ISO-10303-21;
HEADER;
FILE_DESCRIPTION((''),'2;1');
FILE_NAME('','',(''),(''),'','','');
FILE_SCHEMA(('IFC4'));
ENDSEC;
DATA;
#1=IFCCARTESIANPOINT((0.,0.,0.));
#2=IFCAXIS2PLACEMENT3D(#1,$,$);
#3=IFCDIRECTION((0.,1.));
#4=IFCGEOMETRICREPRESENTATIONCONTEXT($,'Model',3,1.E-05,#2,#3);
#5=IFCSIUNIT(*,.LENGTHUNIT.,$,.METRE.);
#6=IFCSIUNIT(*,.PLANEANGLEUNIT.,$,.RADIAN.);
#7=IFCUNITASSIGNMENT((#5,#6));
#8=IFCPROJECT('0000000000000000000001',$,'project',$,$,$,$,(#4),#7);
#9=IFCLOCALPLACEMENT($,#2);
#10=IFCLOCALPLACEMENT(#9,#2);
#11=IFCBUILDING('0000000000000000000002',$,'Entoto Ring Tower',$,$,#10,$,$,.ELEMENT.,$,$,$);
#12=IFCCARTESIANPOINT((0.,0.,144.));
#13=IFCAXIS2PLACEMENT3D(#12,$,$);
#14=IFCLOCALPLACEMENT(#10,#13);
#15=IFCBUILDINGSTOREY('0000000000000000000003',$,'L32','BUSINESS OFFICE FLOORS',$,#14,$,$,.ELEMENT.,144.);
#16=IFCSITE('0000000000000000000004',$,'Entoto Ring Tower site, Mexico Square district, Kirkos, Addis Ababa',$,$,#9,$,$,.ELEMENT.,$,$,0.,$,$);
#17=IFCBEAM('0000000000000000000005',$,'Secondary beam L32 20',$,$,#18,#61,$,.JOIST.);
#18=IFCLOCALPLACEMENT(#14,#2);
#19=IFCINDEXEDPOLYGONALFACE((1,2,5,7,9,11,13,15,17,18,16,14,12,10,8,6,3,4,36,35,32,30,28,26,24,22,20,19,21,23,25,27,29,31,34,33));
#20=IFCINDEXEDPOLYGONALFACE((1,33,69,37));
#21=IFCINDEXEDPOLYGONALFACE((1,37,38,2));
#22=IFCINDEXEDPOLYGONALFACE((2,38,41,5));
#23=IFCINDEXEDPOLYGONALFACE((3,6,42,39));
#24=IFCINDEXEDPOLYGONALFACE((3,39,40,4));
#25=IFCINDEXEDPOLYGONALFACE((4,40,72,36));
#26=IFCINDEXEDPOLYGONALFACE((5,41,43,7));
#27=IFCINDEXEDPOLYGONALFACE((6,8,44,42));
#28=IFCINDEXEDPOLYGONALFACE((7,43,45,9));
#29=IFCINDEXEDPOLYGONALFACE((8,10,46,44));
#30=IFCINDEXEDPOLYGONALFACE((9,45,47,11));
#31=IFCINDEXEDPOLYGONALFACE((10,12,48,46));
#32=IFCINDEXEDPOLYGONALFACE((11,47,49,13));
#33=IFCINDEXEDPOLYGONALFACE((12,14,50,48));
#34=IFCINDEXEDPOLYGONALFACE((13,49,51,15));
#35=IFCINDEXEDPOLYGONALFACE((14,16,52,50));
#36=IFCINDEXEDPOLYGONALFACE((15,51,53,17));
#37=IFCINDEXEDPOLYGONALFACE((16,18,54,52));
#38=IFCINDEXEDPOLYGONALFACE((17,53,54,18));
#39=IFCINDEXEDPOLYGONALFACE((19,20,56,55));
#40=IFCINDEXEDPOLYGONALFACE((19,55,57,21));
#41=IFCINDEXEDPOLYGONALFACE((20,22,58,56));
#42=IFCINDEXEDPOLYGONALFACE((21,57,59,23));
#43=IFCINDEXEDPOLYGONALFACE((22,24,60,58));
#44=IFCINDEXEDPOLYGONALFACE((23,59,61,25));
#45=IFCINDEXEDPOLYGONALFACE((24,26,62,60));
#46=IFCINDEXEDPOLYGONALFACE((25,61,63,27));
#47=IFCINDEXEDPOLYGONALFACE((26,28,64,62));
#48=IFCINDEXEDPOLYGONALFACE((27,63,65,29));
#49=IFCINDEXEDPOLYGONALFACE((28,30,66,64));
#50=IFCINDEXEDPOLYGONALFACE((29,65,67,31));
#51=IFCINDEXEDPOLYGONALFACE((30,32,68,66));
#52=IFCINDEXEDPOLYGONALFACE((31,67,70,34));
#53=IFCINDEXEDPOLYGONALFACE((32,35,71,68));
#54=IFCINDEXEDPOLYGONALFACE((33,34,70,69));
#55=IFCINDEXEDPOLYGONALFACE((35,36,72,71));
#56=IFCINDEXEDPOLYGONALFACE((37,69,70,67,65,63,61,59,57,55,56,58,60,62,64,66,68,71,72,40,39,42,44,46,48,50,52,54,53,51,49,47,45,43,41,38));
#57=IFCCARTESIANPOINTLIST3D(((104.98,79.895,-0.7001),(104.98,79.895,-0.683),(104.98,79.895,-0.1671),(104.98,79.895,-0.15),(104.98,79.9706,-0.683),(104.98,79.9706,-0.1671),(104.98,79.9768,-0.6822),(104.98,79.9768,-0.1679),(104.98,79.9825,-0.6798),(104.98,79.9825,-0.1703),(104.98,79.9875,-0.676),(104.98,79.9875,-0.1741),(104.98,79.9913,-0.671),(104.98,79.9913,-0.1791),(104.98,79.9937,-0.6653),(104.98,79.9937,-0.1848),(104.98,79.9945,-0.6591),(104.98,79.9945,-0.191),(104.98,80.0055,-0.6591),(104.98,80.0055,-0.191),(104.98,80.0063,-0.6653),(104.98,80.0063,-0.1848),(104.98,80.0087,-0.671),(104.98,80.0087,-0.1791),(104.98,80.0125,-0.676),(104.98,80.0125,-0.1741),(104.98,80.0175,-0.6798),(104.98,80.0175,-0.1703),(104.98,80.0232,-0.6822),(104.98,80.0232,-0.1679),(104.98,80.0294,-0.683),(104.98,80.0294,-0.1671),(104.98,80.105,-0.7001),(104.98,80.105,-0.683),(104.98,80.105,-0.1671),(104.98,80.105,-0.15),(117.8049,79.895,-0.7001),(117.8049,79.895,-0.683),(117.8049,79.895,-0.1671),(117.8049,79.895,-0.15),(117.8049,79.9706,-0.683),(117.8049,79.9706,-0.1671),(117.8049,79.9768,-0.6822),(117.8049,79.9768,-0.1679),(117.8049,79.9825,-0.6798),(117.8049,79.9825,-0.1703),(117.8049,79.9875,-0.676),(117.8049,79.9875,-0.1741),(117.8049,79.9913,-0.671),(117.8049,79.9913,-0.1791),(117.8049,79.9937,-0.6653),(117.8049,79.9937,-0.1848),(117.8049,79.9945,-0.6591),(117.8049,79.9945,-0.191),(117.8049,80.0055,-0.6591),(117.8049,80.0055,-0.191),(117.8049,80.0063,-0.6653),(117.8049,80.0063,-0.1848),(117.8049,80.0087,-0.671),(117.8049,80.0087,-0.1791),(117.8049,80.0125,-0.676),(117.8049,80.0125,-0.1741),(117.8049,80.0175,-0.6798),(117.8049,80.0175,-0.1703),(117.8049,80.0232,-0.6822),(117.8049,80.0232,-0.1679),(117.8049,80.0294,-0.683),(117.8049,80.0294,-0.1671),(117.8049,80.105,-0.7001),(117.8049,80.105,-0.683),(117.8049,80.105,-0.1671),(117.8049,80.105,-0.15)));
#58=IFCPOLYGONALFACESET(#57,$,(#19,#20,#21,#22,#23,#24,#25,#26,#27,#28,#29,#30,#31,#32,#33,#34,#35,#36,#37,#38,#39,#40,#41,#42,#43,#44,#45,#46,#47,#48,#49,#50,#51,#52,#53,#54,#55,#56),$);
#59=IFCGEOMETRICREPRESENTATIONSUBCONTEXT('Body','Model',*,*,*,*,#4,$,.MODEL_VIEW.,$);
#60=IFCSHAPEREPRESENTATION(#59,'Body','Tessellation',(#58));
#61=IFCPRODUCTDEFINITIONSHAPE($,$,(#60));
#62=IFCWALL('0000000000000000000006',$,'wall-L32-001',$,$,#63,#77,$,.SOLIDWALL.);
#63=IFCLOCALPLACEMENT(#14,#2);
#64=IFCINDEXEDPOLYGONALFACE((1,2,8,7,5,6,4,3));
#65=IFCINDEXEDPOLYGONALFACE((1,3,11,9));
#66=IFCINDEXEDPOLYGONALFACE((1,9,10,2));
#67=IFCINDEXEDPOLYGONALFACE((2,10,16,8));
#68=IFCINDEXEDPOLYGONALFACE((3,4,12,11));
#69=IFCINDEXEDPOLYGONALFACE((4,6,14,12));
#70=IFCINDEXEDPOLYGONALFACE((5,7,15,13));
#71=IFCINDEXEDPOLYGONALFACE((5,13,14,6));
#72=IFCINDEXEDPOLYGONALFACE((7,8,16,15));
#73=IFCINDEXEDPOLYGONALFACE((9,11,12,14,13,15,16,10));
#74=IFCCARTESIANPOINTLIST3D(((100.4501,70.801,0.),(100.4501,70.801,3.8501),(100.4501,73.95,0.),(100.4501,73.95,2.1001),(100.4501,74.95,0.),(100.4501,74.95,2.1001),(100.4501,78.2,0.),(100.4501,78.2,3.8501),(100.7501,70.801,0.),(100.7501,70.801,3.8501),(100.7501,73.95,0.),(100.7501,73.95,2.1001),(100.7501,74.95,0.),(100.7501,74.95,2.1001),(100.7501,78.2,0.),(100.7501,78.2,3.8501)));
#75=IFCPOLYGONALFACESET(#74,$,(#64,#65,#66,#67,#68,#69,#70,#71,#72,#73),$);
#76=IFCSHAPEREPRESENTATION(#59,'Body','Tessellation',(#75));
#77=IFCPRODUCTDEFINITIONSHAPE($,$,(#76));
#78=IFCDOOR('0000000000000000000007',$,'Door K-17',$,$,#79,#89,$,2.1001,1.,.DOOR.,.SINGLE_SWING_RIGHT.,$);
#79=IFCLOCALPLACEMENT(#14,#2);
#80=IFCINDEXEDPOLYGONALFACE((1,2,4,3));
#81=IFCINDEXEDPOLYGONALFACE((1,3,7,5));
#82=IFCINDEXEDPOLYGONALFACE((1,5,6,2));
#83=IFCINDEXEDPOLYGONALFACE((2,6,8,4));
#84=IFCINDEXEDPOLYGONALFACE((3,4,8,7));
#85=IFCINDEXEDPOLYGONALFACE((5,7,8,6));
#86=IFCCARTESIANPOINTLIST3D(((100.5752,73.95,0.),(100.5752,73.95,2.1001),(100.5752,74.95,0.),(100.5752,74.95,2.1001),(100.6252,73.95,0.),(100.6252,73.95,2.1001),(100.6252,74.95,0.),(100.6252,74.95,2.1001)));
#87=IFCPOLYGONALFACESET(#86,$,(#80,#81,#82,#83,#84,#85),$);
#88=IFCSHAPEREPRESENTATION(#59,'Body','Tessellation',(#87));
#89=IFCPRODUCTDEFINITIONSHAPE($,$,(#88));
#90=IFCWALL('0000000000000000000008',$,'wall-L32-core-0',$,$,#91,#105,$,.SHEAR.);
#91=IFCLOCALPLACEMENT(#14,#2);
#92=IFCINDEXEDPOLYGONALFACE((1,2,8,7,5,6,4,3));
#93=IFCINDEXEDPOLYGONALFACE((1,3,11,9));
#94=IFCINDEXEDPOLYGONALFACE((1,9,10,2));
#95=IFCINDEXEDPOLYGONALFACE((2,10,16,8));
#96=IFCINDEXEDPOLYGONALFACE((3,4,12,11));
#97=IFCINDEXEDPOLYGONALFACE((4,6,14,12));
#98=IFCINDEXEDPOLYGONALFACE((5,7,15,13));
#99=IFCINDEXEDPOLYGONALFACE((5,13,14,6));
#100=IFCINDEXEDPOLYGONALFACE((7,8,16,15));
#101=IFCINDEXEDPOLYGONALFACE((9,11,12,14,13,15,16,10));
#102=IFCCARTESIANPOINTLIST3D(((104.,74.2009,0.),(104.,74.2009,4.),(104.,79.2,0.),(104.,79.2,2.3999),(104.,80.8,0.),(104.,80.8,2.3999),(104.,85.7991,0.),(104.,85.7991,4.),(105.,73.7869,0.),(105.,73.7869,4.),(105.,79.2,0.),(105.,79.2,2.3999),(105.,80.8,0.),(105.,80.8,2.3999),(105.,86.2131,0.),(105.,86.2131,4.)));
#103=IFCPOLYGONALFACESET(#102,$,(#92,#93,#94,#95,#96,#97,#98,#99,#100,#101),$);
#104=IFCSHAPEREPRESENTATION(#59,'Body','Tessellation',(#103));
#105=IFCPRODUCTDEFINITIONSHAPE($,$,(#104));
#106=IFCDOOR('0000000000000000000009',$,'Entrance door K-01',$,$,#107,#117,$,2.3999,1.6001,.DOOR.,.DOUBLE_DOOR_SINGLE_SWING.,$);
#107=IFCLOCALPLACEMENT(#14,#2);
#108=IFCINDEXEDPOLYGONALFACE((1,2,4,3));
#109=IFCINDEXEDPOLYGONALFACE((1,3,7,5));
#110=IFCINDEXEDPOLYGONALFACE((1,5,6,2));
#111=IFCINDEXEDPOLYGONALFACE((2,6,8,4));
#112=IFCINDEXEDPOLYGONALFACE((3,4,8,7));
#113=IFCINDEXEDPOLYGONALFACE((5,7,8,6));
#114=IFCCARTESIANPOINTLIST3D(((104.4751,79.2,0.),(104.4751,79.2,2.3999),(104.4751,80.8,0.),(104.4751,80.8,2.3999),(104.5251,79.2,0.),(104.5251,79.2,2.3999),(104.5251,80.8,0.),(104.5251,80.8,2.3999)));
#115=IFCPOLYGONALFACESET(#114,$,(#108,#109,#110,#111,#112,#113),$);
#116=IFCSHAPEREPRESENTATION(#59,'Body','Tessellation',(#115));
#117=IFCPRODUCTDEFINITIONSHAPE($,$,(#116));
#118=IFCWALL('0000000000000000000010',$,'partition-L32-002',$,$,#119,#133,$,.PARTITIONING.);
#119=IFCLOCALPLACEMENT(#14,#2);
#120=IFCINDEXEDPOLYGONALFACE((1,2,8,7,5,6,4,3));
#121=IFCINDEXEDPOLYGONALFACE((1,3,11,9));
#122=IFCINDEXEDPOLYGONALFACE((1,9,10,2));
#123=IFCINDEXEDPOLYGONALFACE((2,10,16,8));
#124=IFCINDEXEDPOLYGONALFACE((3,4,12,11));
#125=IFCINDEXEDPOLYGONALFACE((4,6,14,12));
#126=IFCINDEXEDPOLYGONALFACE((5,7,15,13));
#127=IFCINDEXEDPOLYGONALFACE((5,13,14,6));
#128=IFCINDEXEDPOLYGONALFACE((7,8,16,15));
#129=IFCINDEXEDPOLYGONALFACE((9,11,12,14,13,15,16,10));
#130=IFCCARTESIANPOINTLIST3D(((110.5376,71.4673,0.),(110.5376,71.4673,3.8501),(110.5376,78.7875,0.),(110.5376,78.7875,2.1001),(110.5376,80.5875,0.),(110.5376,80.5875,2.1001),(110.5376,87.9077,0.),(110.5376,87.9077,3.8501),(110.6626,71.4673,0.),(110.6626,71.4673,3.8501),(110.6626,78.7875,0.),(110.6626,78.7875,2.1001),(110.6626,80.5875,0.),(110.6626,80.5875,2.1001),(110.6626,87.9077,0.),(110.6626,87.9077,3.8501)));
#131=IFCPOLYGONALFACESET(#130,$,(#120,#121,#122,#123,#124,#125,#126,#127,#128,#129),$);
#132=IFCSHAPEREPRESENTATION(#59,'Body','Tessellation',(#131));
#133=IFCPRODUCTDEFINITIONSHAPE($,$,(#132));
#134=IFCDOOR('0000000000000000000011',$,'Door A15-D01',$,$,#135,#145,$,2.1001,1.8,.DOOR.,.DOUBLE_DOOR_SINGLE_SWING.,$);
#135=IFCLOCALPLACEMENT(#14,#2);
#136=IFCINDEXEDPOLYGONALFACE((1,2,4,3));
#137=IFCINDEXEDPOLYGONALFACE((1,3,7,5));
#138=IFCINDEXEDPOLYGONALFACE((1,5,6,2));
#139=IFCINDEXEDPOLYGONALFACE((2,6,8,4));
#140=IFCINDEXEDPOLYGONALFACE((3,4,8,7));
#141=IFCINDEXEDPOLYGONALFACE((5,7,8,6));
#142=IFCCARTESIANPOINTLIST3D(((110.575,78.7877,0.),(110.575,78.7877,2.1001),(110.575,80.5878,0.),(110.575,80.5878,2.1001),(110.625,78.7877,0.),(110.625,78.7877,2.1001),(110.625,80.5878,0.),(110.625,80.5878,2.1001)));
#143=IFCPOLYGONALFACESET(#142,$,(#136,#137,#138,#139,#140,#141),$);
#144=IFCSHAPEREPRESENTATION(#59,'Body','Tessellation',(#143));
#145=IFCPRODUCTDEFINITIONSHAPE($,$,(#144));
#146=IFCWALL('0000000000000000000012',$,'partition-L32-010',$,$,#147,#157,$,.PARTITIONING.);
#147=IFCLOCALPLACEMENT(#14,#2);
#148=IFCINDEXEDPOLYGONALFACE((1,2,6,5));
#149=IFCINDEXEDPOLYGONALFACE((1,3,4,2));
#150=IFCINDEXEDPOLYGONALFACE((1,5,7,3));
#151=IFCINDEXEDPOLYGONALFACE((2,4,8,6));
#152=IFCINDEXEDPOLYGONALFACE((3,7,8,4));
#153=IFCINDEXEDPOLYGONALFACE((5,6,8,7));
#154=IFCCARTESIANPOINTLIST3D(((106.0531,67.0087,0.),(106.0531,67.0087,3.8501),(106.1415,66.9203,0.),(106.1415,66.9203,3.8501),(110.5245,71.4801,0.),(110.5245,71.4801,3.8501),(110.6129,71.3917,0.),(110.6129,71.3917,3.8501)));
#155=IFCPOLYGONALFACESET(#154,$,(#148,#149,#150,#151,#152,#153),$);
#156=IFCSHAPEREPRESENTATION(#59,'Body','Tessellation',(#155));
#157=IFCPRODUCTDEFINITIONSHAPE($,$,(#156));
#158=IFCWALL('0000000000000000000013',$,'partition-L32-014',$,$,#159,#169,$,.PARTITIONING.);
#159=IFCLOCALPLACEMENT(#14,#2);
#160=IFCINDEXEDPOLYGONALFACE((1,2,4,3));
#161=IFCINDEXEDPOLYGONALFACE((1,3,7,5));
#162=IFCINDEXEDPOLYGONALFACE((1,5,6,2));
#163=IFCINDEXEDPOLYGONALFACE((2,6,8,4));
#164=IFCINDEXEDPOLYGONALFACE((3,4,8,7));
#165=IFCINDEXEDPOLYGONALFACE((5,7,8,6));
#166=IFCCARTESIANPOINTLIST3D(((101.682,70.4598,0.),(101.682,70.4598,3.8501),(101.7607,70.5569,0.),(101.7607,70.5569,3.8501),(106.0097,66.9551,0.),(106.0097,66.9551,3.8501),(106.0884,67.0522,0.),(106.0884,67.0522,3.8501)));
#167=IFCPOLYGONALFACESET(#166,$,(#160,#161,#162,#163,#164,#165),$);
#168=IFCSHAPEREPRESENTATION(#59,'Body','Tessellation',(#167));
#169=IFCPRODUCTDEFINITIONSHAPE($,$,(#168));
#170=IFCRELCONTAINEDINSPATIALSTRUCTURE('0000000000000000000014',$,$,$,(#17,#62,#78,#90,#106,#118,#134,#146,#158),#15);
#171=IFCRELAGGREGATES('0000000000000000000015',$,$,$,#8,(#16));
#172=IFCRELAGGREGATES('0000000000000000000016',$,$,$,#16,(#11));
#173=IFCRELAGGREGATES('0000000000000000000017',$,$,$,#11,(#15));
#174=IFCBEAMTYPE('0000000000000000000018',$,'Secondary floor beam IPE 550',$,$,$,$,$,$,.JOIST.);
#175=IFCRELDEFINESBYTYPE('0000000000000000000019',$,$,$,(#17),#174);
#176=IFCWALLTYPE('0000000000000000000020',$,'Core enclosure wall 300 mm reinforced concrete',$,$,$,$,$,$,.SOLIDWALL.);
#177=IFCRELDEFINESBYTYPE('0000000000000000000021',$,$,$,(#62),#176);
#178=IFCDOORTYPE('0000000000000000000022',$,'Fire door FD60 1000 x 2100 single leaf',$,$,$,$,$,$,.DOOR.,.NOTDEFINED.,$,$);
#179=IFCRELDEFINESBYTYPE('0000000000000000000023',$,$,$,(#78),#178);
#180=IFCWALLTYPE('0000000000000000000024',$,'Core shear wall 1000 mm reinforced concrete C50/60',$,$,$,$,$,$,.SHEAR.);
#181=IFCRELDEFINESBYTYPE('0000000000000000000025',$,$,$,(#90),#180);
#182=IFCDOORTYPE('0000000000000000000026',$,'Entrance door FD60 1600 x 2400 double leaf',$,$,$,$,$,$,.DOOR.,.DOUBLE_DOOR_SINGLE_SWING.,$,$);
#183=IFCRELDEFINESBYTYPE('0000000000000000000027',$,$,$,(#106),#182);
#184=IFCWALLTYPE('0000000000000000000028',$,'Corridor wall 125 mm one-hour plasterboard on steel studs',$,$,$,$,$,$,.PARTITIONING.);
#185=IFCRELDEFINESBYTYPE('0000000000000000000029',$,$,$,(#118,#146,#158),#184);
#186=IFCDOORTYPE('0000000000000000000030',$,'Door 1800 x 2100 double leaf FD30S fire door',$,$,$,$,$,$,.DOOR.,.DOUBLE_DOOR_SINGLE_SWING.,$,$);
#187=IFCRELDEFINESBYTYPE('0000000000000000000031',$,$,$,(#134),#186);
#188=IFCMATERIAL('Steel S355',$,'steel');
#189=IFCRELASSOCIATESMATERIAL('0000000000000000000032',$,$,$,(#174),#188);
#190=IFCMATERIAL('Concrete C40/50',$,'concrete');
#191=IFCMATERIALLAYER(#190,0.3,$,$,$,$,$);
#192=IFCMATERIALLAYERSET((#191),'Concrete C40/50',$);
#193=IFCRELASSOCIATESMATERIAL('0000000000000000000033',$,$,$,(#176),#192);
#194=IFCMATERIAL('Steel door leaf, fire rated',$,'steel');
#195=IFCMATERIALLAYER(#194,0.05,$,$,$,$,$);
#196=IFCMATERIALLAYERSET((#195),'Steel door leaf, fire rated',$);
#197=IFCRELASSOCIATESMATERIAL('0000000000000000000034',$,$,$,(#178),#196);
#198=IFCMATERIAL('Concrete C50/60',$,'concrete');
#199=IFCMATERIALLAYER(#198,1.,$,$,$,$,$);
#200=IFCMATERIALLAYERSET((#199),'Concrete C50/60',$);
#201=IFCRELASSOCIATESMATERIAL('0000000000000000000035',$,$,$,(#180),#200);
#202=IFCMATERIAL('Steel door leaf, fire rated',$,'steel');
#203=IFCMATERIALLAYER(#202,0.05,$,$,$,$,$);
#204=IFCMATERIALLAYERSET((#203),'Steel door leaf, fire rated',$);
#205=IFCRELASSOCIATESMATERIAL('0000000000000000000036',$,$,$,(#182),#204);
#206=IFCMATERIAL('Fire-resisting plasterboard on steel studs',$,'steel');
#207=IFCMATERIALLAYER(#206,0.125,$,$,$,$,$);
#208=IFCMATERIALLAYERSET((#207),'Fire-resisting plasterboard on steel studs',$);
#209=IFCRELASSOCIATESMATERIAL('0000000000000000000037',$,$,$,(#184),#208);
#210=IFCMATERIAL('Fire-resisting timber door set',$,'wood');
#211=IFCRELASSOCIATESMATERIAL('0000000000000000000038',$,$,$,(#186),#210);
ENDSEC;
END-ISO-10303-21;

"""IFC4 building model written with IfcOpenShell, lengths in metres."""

from ifc_helpers import new_model, si_unit, direction, frame, frame_2d, origin, origin_2d, place, context, subcontext, project, spatial, polyline, rectangle, i_section, outline, extrude, material, layer, layer_set, material_profile, profile_set, type_object, element, fill, save


model = new_model("IFC4")

# Units and contexts
model_context = context("Model", 3, precision=1e-05, world=origin(), true_north=direction((0.0, 1.0)))
body_context = subcontext(model_context, "Body", "Model", "MODEL_VIEW")
ifc_project = project(units=[si_unit("LENGTHUNIT", "METRE"), si_unit("PLANEANGLEUNIT", "RADIAN")], contexts=[model_context])

# Site, building, storey
site_placement = place(None, origin())
site = spatial("IfcSite", under=ifc_project, at=site_placement, Name="Entoto Ring Tower site, Mexico Square district, Kirkos, Addis Ababa", CompositionType="ELEMENT", RefElevation=0.0)
building_placement = place(site_placement, origin())
building = spatial("IfcBuilding", under=site, at=building_placement, Name="Entoto Ring Tower", CompositionType="ELEMENT")
storey_placement = place(building_placement, frame((0.0, 0.0, 144.0)))
storey = spatial("IfcBuildingStorey", under=building, at=storey_placement, Name="L32", Description="BUSINESS OFFICE FLOORS", CompositionType="ELEMENT", Elevation=144.0)

# Beam
ifc_material_1 = material(Name="Steel S355", Category="steel")
ifc_material_profile_1 = material_profile(ifc_material_1, i_section(OverallWidth=0.21, OverallDepth=0.55, WebThickness=0.011, FlangeThickness=0.0171, FilletRadius=0.0239, at=origin_2d()), Name="IPE 550")
ifc_profile_set_1 = profile_set([ifc_material_profile_1], Name="Steel S355")
beam_type_1 = type_object("IfcBeamType", Name="Secondary floor beam IPE 550", PredefinedType="JOIST", material=ifc_profile_set_1)
beam_1_placement = place(storey_placement, frame((104.98, 80.0, -0.425), z_axis=(1.0, 0.0, 0.0), x_axis=(0.0, 1.0, 0.0)))
element("IfcBeam", 1, at=beam_1_placement, inside=storey, type_object=beam_type_1, Name="Secondary beam L32 20", PredefinedType="JOIST", context=body_context, shape_type="SweptSolid", body=[
    extrude(i_section(OverallWidth=0.21, OverallDepth=0.55, WebThickness=0.011, FlangeThickness=0.0171, FilletRadius=0.0239, at=origin_2d()), origin(), (0.0, 0.0, 1.0), 12.825),
])

# Walls, openings, doors
ifc_material_2 = material(Name="Concrete C40/50", Category="concrete")
ifc_layer_1 = layer(ifc_material_2, 0.3)
ifc_layer_set_1 = layer_set([ifc_layer_1], Name="Concrete C40/50")
wall_type_1 = type_object("IfcWallType", Name="Core enclosure wall 300 mm reinforced concrete", PredefinedType="SOLIDWALL", material=ifc_layer_set_1)
wall_1_placement = place(storey_placement, frame((100.6001, 70.801, 0.0), z_axis=(0.0, 0.0, 1.0), x_axis=(0.0, 1.0, 0.0)))
wall_1 = element("IfcWall", 2, at=wall_1_placement, inside=storey, type_object=wall_type_1, Name="wall-L32-001", PredefinedType="SOLIDWALL", context=body_context, shape_type="SweptSolid", body=[
    extrude(rectangle(XDim=7.3989, YDim=0.3, at=frame_2d((3.6995, 0.0))), origin(), (0.0, 0.0, 1.0), 3.8501),
])
opening_1_placement = place(wall_1_placement, frame((3.1489, 0.0, 0.0)))
opening_1 = element("IfcOpeningElement", 3, at=opening_1_placement, cuts=wall_1, PredefinedType="OPENING", context=body_context, shape_type="SweptSolid", body=[
    extrude(rectangle(XDim=1.0, YDim=2.1001, at=frame_2d((0.5, 1.05))), frame((0.0, 0.1602, 0.0), z_axis=(0.0, -1.0, 0.0), x_axis=(1.0, 0.0, 0.0)), (0.0, 0.0, 1.0), 0.3201),
])
ifc_material_3 = material(Name="Steel door leaf, fire rated", Category="steel")
ifc_layer_2 = layer(ifc_material_3, 0.05)
ifc_layer_set_2 = layer_set([ifc_layer_2], Name="Steel door leaf, fire rated")
door_type_1 = type_object("IfcDoorType", Name="Fire door FD60 1000 x 2100 single leaf", OperationType="NOTDEFINED", PredefinedType="DOOR", material=ifc_layer_set_2)
door_1_placement = place(opening_1_placement, origin())
door_1 = element("IfcDoor", 4, at=door_1_placement, inside=storey, type_object=door_type_1, Name="Door K-17", OperationType="SINGLE_SWING_RIGHT", OverallHeight=2.1001, OverallWidth=1.0, PredefinedType="DOOR", context=body_context, shape_type="SweptSolid", body=[
    extrude(rectangle(XDim=1.0, YDim=2.1001, at=frame_2d((0.5, 1.05))), frame((0.0, 0.0249, 0.0), z_axis=(0.0, -1.0, 0.0), x_axis=(1.0, 0.0, 0.0)), (0.0, 0.0, 1.0), 0.05),
])
fill(opening_1, door_1)
ifc_material_4 = material(Name="Concrete C50/60", Category="concrete")
ifc_layer_3 = layer(ifc_material_4, 1.0)
ifc_layer_set_3 = layer_set([ifc_layer_3], Name="Concrete C50/60")
wall_type_2 = type_object("IfcWallType", Name="Core shear wall 1000 mm reinforced concrete C50/60", PredefinedType="SHEAR", material=ifc_layer_set_3)
wall_2_placement = place(storey_placement, frame((104.5, 73.9939, 0.0), z_axis=(0.0, 0.0, 1.0), x_axis=(0.0, 1.0, 0.0)))
wall_2 = element("IfcWall", 5, at=wall_2_placement, inside=storey, type_object=wall_type_2, Name="wall-L32-core-0", PredefinedType="SHEAR", context=body_context, shape_type="SweptSolid", body=[
    extrude(outline(polyline([(-0.207, -0.5), (12.2192, -0.5), (11.8052, 0.5), (0.207, 0.5), (-0.207, -0.5)])), origin(), (0.0, 0.0, 1.0), 4.0),
])
opening_2_placement = place(wall_2_placement, frame((5.2061, 0.0, 0.0)))
opening_2 = element("IfcOpeningElement", 6, at=opening_2_placement, cuts=wall_2, PredefinedType="OPENING", context=body_context, shape_type="SweptSolid", body=[
    extrude(rectangle(XDim=1.6001, YDim=2.3999, at=frame_2d((0.8, 1.2))), frame((0.0, 0.51, 0.0), z_axis=(0.0, -1.0, 0.0), x_axis=(1.0, 0.0, 0.0)), (0.0, 0.0, 1.0), 1.02),
])
ifc_material_5 = material(Name="Steel door leaf, fire rated", Category="steel")
ifc_layer_4 = layer(ifc_material_5, 0.05)
ifc_layer_set_4 = layer_set([ifc_layer_4], Name="Steel door leaf, fire rated")
door_type_2 = type_object("IfcDoorType", Name="Entrance door FD60 1600 x 2400 double leaf", OperationType="DOUBLE_DOOR_SINGLE_SWING", PredefinedType="DOOR", material=ifc_layer_set_4)
door_2_placement = place(opening_2_placement, origin())
door_2 = element("IfcDoor", 7, at=door_2_placement, inside=storey, type_object=door_type_2, Name="Entrance door K-01", OperationType="DOUBLE_DOOR_SINGLE_SWING", OverallHeight=2.3999, OverallWidth=1.6001, PredefinedType="DOOR", context=body_context, shape_type="SweptSolid", body=[
    extrude(rectangle(XDim=1.6001, YDim=2.3999, at=frame_2d((0.8, 1.2))), frame((0.0, 0.0249, 0.0), z_axis=(0.0, -1.0, 0.0), x_axis=(1.0, 0.0, 0.0)), (0.0, 0.0, 1.0), 0.05),
])
fill(opening_2, door_2)
ifc_material_6 = material(Name="Fire-resisting plasterboard on steel studs", Category="steel")
ifc_layer_5 = layer(ifc_material_6, 0.125)
ifc_layer_set_5 = layer_set([ifc_layer_5], Name="Fire-resisting plasterboard on steel studs")
wall_type_3 = type_object("IfcWallType", Name="Corridor wall 125 mm one-hour plasterboard on steel studs", PredefinedType="PARTITIONING", material=ifc_layer_set_5)
wall_3_placement = place(storey_placement, frame((110.6001, 71.4673, 0.0), z_axis=(0.0, 0.0, 1.0), x_axis=(0.0, 1.0, 0.0)))
wall_3 = element("IfcWall", 8, at=wall_3_placement, inside=storey, type_object=wall_type_3, Name="partition-L32-002", PredefinedType="PARTITIONING", context=body_context, shape_type="SweptSolid", body=[
    extrude(rectangle(XDim=16.4404, YDim=0.125, at=frame_2d((8.2202, 0.0))), origin(), (0.0, 0.0, 1.0), 3.8501),
])
opening_3_placement = place(wall_3_placement, frame((7.3203, 0.0, 0.0)))
opening_3 = element("IfcOpeningElement", 9, at=opening_3_placement, cuts=wall_3, PredefinedType="OPENING", context=body_context, shape_type="SweptSolid", body=[
    extrude(rectangle(XDim=1.8, YDim=2.1001, at=frame_2d((0.8999, 1.05))), frame((0.0, 0.0725, 0.0), z_axis=(0.0, -1.0, 0.0), x_axis=(1.0, 0.0, 0.0)), (0.0, 0.0, 1.0), 0.145),
])
ifc_material_7 = material(Name="Fire-resisting timber door set", Category="wood")
door_type_3 = type_object("IfcDoorType", Name="Door 1800 x 2100 double leaf FD30S fire door", OperationType="DOUBLE_DOOR_SINGLE_SWING", PredefinedType="DOOR", material=ifc_material_7)
door_3_placement = place(opening_3_placement, frame((1.8, 0.0, 0.0), z_axis=(0.0, 0.0, 1.0), x_axis=(-1.0, 0.0, 0.0)))
door_3 = element("IfcDoor", 10, at=door_3_placement, inside=storey, type_object=door_type_3, Name="Door A15-D01", OperationType="DOUBLE_DOOR_SINGLE_SWING", OverallHeight=2.1001, OverallWidth=1.8, PredefinedType="DOOR", context=body_context, shape_type="SweptSolid", body=[
    extrude(rectangle(XDim=1.8, YDim=2.1001, at=frame_2d((0.8999, 1.05))), frame((0.0, 0.0249, 0.0), z_axis=(0.0, -1.0, 0.0), x_axis=(1.0, 0.0, 0.0)), (0.0, 0.0, 1.0), 0.05),
])
fill(opening_3, door_3)

# Walls
wall_4_placement = place(storey_placement, frame((106.0974, 66.9646, 0.0), z_axis=(0.0, 0.0, 1.0), x_axis=(0.707107, 0.707107, 0.0)))
element("IfcWall", 11, at=wall_4_placement, inside=storey, type_object=wall_type_3, Name="partition-L32-010", PredefinedType="PARTITIONING", context=body_context, shape_type="SweptSolid", body=[
    extrude(rectangle(XDim=6.3235, YDim=0.125, at=frame_2d((3.1616, 0.0))), origin(), (0.0, 0.0, 1.0), 3.8501),
])
wall_5_placement = place(storey_placement, frame((106.0491, 67.0037, 0.0), z_axis=(0.0, 0.0, 1.0), x_axis=(-0.777129, 0.629341, 0.0)))
element("IfcWall", 12, at=wall_5_placement, inside=storey, type_object=wall_type_3, Name="partition-L32-014", PredefinedType="PARTITIONING", context=body_context, shape_type="SweptSolid", body=[
    extrude(rectangle(XDim=5.5688, YDim=0.125, at=frame_2d((2.7844, 0.0))), origin(), (0.0, 0.0, 1.0), 3.8501),
])

save(model, "model.ifc")
